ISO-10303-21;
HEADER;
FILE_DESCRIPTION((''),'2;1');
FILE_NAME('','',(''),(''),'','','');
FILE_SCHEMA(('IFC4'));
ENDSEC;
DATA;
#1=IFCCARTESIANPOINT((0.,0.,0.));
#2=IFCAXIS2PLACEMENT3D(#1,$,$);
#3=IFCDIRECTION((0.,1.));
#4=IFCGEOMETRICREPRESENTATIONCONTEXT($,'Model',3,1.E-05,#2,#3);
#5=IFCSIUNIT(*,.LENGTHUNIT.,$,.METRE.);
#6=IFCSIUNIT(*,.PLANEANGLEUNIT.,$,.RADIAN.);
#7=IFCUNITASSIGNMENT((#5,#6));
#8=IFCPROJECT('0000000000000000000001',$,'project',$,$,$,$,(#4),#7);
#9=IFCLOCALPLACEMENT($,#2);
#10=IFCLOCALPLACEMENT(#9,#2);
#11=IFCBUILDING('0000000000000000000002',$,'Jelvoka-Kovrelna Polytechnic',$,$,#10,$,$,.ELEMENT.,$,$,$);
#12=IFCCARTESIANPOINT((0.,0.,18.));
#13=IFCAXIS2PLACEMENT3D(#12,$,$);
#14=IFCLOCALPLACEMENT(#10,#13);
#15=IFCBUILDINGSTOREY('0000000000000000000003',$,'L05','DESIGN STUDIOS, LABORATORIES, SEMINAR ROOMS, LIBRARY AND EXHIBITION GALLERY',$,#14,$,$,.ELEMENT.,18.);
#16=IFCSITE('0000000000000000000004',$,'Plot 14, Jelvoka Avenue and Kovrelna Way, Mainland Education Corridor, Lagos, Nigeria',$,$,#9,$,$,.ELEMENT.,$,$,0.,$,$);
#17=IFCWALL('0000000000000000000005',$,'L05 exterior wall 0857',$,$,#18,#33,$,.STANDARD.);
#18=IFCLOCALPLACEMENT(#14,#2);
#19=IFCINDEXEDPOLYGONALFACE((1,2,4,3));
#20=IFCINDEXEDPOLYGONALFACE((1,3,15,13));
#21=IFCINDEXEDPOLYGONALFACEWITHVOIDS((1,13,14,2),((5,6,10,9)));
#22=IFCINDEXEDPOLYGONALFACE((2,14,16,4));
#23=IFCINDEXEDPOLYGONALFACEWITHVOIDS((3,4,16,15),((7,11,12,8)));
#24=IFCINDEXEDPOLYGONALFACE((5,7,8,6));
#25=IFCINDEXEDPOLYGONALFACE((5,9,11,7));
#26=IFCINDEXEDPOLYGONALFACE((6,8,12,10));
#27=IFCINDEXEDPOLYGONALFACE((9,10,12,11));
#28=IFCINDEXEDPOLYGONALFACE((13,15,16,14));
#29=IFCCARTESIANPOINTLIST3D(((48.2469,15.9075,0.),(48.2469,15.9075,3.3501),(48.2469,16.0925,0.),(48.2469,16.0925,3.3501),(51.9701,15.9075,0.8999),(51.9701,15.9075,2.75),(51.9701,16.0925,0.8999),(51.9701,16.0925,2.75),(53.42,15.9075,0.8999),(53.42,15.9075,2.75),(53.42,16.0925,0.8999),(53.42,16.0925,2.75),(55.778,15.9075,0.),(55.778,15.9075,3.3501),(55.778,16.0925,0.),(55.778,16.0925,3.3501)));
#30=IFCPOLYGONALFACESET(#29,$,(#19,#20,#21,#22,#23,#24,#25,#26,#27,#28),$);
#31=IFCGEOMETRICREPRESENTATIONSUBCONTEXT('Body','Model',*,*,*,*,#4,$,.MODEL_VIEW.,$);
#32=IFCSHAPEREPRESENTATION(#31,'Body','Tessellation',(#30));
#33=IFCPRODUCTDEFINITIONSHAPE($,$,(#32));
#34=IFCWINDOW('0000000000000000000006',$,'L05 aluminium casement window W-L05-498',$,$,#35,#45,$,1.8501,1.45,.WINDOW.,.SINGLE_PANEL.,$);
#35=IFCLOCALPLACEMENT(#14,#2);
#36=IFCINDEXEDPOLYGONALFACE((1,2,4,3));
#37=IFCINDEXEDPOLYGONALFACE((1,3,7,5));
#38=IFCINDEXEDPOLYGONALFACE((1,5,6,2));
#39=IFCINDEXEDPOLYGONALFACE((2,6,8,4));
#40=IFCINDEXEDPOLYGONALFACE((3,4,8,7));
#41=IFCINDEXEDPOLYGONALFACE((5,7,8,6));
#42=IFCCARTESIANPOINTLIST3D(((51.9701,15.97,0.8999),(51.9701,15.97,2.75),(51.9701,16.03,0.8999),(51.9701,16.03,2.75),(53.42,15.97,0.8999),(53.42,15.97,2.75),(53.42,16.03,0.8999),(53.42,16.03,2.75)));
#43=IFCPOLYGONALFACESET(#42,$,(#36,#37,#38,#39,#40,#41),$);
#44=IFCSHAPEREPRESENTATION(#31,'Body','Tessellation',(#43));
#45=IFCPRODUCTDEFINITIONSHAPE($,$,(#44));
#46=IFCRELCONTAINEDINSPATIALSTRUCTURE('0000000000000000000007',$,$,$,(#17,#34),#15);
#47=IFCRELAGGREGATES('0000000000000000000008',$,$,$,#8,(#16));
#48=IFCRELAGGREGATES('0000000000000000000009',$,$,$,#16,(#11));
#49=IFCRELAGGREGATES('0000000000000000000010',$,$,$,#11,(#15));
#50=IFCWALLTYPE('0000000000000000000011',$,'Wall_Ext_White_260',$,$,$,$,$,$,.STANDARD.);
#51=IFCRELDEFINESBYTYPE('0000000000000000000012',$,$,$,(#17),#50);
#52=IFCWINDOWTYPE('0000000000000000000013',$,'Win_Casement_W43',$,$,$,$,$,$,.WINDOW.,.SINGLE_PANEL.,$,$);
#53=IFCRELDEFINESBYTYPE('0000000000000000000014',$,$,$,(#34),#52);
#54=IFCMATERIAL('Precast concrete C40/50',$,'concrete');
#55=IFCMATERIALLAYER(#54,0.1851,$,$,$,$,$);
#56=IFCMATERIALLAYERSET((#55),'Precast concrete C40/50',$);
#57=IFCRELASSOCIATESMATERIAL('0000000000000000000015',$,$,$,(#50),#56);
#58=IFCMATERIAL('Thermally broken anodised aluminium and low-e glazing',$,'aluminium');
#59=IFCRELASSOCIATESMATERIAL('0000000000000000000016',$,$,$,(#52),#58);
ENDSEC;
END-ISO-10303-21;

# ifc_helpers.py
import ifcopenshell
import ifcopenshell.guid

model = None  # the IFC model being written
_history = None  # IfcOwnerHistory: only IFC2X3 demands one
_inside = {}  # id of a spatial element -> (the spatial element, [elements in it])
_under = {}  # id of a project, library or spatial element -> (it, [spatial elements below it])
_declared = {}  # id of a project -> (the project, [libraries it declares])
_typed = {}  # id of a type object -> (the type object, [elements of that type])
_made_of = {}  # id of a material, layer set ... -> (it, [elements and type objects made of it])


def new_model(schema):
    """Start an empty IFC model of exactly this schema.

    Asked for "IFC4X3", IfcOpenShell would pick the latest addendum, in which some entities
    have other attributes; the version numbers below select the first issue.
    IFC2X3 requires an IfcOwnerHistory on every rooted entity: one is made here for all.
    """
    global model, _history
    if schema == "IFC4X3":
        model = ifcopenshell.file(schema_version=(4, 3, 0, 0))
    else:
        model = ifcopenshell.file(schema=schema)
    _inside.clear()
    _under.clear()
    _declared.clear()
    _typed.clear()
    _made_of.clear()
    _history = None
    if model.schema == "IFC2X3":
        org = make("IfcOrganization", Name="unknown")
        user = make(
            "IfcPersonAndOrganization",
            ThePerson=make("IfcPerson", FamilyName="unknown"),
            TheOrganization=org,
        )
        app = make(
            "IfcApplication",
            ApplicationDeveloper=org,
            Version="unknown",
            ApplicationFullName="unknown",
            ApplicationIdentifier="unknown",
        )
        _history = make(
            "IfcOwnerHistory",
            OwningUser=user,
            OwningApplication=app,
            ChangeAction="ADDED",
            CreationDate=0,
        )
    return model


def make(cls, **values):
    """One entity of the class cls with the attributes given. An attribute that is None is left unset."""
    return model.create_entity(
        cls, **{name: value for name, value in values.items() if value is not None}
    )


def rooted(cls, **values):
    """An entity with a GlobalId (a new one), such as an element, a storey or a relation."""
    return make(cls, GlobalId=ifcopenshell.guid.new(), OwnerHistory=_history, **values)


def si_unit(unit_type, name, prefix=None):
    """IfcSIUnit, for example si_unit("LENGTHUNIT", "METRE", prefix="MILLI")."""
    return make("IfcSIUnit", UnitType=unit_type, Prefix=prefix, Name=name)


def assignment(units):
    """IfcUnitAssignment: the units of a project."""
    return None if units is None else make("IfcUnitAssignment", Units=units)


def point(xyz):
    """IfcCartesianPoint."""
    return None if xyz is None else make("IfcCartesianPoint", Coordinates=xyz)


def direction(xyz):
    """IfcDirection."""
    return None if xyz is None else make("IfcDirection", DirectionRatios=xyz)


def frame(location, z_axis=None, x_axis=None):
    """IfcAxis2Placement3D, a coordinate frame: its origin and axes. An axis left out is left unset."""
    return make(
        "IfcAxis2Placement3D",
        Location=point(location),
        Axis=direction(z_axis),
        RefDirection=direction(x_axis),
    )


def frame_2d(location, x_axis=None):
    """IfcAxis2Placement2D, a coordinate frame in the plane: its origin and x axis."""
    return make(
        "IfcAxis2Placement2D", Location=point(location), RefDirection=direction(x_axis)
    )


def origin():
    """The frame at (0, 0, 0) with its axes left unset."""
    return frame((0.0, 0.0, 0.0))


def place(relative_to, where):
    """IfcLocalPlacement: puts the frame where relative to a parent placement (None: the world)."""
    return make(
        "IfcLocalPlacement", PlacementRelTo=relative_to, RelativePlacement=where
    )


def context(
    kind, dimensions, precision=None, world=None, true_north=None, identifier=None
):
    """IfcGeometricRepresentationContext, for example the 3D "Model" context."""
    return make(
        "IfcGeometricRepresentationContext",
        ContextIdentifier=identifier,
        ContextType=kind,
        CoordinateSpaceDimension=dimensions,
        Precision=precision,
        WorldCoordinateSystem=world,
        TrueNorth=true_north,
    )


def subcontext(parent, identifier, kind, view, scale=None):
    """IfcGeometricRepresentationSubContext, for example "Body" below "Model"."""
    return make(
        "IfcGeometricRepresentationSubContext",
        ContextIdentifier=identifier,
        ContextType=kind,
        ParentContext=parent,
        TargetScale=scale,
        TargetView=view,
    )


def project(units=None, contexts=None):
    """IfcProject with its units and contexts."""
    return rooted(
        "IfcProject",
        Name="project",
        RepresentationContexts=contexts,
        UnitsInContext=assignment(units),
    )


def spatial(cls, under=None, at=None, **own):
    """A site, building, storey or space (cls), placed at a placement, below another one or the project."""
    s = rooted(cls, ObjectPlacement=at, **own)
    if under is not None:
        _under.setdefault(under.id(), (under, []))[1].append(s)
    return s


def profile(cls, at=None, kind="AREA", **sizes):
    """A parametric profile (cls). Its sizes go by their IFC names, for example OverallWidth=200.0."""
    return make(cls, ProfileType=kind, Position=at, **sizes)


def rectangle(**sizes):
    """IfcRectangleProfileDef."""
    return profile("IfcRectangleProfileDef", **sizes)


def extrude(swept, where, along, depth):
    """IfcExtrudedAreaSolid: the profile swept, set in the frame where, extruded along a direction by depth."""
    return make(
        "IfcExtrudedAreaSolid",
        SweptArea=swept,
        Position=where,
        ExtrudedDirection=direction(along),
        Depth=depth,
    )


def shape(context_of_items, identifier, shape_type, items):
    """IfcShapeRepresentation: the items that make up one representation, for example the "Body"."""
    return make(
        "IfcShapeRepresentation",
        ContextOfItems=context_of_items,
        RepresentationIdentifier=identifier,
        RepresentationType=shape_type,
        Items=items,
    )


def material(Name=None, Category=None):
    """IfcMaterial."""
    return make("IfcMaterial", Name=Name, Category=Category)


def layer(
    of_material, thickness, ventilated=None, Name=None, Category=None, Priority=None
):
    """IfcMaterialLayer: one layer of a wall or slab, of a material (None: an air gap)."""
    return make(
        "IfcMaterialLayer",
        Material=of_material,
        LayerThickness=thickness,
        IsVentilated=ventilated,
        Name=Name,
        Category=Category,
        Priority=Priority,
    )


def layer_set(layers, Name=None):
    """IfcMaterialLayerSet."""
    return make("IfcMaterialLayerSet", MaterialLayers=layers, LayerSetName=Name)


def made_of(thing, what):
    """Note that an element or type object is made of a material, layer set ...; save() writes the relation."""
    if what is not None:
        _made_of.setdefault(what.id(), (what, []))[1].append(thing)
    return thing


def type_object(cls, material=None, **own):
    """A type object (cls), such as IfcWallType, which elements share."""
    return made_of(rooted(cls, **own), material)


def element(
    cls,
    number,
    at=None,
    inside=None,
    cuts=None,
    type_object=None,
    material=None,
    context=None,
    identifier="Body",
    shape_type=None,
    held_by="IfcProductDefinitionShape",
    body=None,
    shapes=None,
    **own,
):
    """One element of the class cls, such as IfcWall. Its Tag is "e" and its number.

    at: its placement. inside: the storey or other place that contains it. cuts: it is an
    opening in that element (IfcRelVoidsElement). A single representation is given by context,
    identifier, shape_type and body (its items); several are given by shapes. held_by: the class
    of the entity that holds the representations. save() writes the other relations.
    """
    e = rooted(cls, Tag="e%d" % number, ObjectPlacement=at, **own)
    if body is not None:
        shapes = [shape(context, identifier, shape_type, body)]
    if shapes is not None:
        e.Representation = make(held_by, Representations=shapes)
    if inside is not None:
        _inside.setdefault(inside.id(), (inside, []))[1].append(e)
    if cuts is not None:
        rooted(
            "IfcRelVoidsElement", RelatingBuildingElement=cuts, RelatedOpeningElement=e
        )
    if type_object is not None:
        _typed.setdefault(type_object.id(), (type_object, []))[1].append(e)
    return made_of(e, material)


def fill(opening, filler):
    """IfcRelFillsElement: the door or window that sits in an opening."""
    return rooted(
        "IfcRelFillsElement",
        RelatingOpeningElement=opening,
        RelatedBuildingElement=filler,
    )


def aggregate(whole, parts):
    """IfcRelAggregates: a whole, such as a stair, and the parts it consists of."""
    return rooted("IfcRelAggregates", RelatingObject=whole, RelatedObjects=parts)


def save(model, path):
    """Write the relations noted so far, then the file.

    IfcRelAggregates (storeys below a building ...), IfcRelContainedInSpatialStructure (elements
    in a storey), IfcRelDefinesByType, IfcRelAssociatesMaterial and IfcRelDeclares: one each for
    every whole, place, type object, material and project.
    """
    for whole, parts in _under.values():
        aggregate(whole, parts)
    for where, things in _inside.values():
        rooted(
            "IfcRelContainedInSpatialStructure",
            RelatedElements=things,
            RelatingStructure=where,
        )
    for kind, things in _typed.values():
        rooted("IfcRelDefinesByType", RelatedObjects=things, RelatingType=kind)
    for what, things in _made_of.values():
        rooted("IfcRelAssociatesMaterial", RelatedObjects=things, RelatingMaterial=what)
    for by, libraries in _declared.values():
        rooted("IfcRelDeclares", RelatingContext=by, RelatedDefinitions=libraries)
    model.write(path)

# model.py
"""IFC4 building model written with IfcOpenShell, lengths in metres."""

from ifc_helpers import new_model, si_unit, direction, frame, frame_2d, origin, place, context, subcontext, project, spatial, rectangle, extrude, material, layer, layer_set, type_object, element, fill, save


model = new_model("IFC4")

# Units and contexts
model_context = context("Model", 3, precision=1e-05, world=origin(), true_north=direction((0.0, 1.0)))
body_context = subcontext(model_context, "Body", "Model", "MODEL_VIEW")
ifc_project = project(units=[si_unit("LENGTHUNIT", "METRE"), si_unit("PLANEANGLEUNIT", "RADIAN")], contexts=[model_context])

# Site, building, storey
site_placement = place(None, origin())
site = spatial("IfcSite", under=ifc_project, at=site_placement, Name="Plot 14, Jelvoka Avenue and Kovrelna Way, Mainland Education Corridor, Lagos, Nigeria", CompositionType="ELEMENT", RefElevation=0.0)
building_placement = place(site_placement, origin())
building = spatial("IfcBuilding", under=site, at=building_placement, Name="Jelvoka-Kovrelna Polytechnic", CompositionType="ELEMENT")
storey_placement = place(building_placement, frame((0.0, 0.0, 18.0)))
storey = spatial("IfcBuildingStorey", under=building, at=storey_placement, Name="L05", Description="DESIGN STUDIOS, LABORATORIES, SEMINAR ROOMS, LIBRARY AND EXHIBITION GALLERY", CompositionType="ELEMENT", Elevation=18.0)

# Shared definitions
ifc_material_1 = material(Name="Precast concrete C40/50", Category="concrete")
ifc_layer = layer(ifc_material_1, 0.1851)
ifc_layer_set = layer_set([ifc_layer], Name="Precast concrete C40/50")
wall_type = type_object("IfcWallType", Name="Wall_Ext_White_260", PredefinedType="STANDARD", material=ifc_layer_set)

# Wall, opening, window
wall_1_placement = place(storey_placement, frame((55.7781, 16.0, 0.0), z_axis=(0.0, 0.0, 1.0), x_axis=(-1.0, 0.0, 0.0)))
wall_1 = element("IfcWall", 1, at=wall_1_placement, inside=storey, type_object=wall_type, Name="L05 exterior wall 0857", PredefinedType="STANDARD", context=body_context, shape_type="SweptSolid", body=[
    extrude(rectangle(XDim=7.531, YDim=0.1851, at=frame_2d((3.7656, 0.0))), origin(), (0.0, 0.0, 1.0), 3.3501),
])
opening_1_placement = place(wall_1_placement, frame((2.3579, 0.0, 0.8999)))
opening_1 = element("IfcOpeningElement", 2, at=opening_1_placement, cuts=wall_1, PredefinedType="OPENING", context=body_context, shape_type="SweptSolid", body=[
    extrude(rectangle(XDim=1.45, YDim=1.8501, at=frame_2d((0.7251, 0.925))), frame((0.0, 0.1025, 0.0), z_axis=(0.0, -1.0, 0.0), x_axis=(1.0, 0.0, 0.0)), (0.0, 0.0, 1.0), 0.2051),
])
ifc_material_2 = material(Name="Thermally broken anodised aluminium and low-e glazing", Category="aluminium")
window_type_1 = type_object("IfcWindowType", Name="Win_Casement_W43", PartitioningType="SINGLE_PANEL", PredefinedType="WINDOW", material=ifc_material_2)
window_1_placement = place(opening_1_placement, origin())
window_1 = element("IfcWindow", 3, at=window_1_placement, inside=storey, type_object=window_type_1, Name="L05 aluminium casement window W-L05-498", OverallHeight=1.8501, OverallWidth=1.45, PartitioningType="SINGLE_PANEL", PredefinedType="WINDOW", context=body_context, shape_type="SweptSolid", body=[
    extrude(rectangle(XDim=1.45, YDim=1.8501, at=frame_2d((0.7251, 0.925))), frame((0.0, 0.03, 0.0), z_axis=(0.0, -1.0, 0.0), x_axis=(1.0, 0.0, 0.0)), (0.0, 0.0, 1.0), 0.0601),
])
fill(opening_1, window_1)

save(model, "model.ifc")
